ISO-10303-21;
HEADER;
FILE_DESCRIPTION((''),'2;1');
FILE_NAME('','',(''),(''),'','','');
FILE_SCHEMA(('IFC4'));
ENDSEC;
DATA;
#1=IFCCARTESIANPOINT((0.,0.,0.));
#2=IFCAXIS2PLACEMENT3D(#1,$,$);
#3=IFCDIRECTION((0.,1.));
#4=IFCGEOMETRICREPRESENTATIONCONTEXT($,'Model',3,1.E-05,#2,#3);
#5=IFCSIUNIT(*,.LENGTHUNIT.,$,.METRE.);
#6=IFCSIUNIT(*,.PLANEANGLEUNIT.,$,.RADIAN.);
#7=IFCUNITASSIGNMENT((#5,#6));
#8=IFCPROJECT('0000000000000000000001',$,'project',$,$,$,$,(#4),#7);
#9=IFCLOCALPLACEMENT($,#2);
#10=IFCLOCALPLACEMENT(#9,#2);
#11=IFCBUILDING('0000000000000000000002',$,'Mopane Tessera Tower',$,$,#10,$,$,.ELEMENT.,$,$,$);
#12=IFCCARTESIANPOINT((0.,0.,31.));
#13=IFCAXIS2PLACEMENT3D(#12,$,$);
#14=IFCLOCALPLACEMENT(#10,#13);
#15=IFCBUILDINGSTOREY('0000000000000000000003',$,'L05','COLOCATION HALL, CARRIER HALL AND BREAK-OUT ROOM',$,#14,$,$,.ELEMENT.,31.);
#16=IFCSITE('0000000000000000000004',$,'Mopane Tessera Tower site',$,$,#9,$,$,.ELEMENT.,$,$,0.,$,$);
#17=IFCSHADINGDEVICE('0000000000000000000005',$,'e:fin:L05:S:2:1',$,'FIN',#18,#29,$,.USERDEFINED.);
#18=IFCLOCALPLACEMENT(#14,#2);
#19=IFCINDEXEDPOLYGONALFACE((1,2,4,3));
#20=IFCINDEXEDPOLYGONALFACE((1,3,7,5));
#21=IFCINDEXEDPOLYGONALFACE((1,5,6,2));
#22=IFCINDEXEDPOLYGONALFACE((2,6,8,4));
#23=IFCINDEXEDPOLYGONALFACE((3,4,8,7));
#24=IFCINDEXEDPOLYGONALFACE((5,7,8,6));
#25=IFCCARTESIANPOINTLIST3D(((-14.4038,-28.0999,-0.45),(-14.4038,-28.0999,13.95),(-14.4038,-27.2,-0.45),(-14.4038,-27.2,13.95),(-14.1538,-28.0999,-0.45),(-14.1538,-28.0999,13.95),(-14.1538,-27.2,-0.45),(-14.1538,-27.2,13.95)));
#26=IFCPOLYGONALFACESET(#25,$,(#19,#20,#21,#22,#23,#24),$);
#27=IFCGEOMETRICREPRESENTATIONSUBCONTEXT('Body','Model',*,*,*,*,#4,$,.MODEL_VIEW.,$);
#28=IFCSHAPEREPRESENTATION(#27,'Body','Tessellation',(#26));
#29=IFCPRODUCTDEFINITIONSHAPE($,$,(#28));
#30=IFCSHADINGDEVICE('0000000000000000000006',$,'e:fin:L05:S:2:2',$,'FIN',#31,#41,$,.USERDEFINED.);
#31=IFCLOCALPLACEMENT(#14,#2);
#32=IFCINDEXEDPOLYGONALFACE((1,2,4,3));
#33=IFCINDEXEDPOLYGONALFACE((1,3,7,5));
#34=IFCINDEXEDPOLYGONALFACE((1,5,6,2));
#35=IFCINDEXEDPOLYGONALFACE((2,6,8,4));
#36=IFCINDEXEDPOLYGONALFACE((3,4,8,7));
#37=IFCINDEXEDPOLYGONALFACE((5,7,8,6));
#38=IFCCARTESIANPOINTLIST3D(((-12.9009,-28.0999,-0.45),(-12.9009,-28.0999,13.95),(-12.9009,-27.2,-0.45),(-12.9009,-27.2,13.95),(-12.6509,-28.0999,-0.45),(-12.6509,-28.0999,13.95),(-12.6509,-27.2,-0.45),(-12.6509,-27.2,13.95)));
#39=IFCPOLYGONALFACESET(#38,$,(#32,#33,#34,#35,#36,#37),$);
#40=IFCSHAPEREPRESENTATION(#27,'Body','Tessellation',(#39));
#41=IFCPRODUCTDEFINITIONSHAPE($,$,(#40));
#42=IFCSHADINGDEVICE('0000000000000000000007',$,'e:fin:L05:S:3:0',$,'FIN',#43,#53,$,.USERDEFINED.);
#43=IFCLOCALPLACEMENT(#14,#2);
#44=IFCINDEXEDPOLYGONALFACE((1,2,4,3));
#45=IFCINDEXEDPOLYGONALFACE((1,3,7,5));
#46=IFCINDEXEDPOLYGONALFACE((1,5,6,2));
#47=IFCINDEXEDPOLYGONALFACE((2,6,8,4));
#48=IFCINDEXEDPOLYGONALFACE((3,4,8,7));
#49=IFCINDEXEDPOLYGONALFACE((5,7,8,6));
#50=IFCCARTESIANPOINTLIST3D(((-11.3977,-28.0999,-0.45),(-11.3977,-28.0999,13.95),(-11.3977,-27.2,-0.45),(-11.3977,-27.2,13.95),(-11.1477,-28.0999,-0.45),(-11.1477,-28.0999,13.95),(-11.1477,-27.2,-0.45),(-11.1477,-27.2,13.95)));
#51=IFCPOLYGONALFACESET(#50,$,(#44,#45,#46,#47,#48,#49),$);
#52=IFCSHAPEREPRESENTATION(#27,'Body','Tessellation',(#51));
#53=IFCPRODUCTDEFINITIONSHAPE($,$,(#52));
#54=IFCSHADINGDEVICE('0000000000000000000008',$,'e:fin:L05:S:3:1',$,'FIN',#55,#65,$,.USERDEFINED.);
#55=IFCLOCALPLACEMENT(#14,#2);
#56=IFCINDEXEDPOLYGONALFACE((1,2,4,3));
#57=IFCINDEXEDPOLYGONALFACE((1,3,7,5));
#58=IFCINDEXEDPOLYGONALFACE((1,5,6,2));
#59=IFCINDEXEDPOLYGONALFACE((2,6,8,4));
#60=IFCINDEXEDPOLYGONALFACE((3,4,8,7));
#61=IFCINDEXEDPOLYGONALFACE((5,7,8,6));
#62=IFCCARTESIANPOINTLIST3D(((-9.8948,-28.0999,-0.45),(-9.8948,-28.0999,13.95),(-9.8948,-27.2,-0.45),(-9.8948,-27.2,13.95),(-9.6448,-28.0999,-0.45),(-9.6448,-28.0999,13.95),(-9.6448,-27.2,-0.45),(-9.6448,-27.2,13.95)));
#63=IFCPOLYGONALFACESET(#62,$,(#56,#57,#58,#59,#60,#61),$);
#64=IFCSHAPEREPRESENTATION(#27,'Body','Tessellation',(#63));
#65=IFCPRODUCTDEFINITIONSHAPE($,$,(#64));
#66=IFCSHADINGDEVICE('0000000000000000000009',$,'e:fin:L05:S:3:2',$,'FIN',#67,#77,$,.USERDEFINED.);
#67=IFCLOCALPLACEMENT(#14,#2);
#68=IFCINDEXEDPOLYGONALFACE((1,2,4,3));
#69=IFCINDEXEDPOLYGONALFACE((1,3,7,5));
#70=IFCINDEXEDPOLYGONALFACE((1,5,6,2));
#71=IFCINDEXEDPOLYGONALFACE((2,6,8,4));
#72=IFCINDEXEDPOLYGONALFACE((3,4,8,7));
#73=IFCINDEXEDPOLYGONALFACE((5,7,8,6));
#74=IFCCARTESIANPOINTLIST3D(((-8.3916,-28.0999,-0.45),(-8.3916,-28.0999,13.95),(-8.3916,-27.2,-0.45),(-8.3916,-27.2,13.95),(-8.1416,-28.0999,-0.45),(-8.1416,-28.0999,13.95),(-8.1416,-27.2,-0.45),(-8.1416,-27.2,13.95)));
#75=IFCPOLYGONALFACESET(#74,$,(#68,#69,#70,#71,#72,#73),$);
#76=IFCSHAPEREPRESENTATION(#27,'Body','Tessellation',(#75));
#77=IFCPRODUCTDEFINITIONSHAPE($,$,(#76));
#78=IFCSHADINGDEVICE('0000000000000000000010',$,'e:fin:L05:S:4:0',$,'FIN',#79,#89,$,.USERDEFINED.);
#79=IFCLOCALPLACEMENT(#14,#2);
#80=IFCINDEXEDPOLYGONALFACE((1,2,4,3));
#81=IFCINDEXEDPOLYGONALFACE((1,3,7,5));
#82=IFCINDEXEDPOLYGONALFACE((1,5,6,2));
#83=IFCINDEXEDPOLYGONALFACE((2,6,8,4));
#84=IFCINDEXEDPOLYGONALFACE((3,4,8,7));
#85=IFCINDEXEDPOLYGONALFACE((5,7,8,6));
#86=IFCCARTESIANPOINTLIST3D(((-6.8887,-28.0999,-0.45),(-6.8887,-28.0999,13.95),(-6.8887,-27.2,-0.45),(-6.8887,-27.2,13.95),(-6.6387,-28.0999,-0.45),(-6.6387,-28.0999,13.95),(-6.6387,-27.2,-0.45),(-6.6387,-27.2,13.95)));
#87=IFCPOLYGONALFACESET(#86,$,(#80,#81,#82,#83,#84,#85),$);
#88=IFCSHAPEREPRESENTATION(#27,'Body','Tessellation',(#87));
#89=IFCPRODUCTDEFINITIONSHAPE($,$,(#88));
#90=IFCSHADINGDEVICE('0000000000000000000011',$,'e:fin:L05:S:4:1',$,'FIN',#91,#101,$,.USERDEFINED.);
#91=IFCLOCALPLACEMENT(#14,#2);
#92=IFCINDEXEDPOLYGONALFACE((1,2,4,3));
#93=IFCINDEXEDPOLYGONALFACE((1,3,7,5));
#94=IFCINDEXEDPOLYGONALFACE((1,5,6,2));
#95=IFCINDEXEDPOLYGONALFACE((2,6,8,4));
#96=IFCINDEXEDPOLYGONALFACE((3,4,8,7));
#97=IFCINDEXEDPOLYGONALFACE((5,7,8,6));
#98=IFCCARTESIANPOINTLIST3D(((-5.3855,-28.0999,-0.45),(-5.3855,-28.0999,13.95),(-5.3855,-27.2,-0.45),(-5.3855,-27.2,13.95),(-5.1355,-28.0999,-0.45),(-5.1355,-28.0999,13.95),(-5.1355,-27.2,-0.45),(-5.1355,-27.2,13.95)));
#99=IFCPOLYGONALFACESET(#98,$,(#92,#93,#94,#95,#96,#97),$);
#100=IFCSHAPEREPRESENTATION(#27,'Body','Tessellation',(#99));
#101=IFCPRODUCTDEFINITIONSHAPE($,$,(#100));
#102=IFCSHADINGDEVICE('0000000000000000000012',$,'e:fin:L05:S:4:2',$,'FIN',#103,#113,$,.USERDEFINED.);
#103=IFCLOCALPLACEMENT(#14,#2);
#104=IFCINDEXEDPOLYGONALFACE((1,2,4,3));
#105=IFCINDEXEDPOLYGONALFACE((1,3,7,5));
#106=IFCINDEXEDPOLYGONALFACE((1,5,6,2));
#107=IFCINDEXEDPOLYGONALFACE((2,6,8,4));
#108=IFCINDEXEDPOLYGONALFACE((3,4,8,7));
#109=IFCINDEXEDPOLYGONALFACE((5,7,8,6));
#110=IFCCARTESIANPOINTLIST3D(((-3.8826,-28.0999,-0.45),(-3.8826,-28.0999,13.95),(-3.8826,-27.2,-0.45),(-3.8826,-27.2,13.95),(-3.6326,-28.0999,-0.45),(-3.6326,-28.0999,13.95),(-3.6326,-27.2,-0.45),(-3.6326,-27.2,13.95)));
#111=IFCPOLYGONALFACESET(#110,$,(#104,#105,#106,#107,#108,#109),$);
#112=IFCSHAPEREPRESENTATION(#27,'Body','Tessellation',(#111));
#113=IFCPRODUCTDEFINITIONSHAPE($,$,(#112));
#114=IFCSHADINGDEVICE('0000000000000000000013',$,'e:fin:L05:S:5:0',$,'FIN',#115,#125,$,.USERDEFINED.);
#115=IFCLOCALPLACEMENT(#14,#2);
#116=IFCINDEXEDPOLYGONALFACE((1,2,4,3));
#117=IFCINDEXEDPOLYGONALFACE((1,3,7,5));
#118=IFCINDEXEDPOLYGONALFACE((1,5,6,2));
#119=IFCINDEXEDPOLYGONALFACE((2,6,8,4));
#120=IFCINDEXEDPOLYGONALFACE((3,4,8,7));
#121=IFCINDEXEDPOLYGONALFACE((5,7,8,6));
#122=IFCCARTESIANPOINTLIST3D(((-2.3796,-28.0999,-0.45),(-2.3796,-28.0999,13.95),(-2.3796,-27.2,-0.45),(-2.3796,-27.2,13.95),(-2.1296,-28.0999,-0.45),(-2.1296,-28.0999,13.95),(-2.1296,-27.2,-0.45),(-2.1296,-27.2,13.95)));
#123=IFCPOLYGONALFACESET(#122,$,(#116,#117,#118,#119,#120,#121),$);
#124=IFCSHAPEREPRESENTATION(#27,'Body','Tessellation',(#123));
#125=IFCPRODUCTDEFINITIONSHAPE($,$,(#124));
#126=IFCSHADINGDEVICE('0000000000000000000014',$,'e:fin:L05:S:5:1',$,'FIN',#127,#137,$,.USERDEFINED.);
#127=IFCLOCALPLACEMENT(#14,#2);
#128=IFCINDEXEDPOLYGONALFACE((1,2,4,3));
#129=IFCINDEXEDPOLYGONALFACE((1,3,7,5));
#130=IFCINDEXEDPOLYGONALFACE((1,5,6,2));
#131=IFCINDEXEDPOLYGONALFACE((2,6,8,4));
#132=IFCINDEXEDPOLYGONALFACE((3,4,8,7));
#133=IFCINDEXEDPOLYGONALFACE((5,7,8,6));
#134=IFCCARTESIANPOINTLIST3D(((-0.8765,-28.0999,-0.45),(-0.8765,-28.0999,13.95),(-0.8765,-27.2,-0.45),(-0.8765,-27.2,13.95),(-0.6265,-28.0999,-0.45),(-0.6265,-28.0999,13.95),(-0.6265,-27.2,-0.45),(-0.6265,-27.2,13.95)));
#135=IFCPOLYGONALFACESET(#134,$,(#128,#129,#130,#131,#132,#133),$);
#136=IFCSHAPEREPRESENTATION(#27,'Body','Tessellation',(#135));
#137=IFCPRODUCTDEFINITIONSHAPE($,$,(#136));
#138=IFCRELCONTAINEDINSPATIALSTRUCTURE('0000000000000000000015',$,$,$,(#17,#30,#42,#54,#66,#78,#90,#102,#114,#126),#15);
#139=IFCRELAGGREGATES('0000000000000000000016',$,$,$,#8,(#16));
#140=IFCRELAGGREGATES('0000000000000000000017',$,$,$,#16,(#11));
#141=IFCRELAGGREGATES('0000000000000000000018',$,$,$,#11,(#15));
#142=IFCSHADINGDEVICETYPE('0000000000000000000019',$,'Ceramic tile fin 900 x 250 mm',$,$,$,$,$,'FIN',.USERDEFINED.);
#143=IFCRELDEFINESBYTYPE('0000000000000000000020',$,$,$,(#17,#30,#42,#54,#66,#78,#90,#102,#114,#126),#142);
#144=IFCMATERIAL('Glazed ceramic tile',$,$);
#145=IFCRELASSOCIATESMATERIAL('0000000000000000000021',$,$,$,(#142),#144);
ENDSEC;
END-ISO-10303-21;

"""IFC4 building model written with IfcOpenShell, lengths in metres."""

from ifc_helpers import new_model, si_unit, direction, frame, origin, origin_2d, place, context, subcontext, project, spatial, rectangle, extrude, material, type_object, element, save


model = new_model("IFC4")

# Units and contexts
model_context = context("Model", 3, precision=1e-05, world=origin(), true_north=direction((0.0, 1.0)))
body_context = subcontext(model_context, "Body", "Model", "MODEL_VIEW")
ifc_project = project(units=[si_unit("LENGTHUNIT", "METRE"), si_unit("PLANEANGLEUNIT", "RADIAN")], contexts=[model_context])

# Site, building, storey
site_placement = place(None, origin())
site = spatial("IfcSite", under=ifc_project, at=site_placement, Name="Mopane Tessera Tower site", CompositionType="ELEMENT", RefElevation=0.0)
building_placement = place(site_placement, origin())
building = spatial("IfcBuilding", under=site, at=building_placement, Name="Mopane Tessera Tower", CompositionType="ELEMENT")
storey_placement = place(building_placement, frame((0.0, 0.0, 31.0)))
storey = spatial("IfcBuildingStorey", under=building, at=storey_placement, Name="L05", Description="COLOCATION HALL, CARRIER HALL AND BREAK-OUT ROOM", CompositionType="ELEMENT", Elevation=31.0)

# Shading devices
ifc_material_1 = material(Name="Glazed ceramic tile")
shading_device_type = type_object("IfcShadingDeviceType", Name="Ceramic tile fin 900 x 250 mm", ElementType="FIN", PredefinedType="USERDEFINED", material=ifc_material_1)
for number, where, z_axis, x_axis, name in (
    (1, (-14.2788, -27.6499, -0.45), (0.0, 0.0, 1.0), (1.0, 0.0, 0.0), "e:fin:L05:S:2:1"),
    (2, (-12.7759, -27.6499, -0.45), (0.0, 0.0, 1.0), (1.0, 0.0, 0.0), "e:fin:L05:S:2:2"),
    (3, (-11.2727, -27.6499, -0.45), (0.0, 0.0, 1.0), (1.0, 0.0, 0.0), "e:fin:L05:S:3:0"),
    (4, (-9.7698, -27.6499, -0.45), (0.0, 0.0, 1.0), (1.0, 0.0, 0.0), "e:fin:L05:S:3:1"),
    (5, (-8.2666, -27.6499, -0.45), (0.0, 0.0, 1.0), (1.0, 0.0, 0.0), "e:fin:L05:S:3:2"),
    (6, (-6.7637, -27.6499, -0.45), (0.0, 0.0, 1.0), (1.0, 0.0, 0.0), "e:fin:L05:S:4:0"),
    (7, (-5.2605, -27.6499, -0.45), (0.0, 0.0, 1.0), (1.0, 0.0, 0.0), "e:fin:L05:S:4:1"),
    (8, (-3.7576, -27.6499, -0.45), (0.0, 0.0, 1.0), (1.0, 0.0, 0.0), "e:fin:L05:S:4:2"),
    (9, (-2.2546, -27.6499, -0.45), (0.0, 0.0, 1.0), (1.0, 0.0, 0.0), "e:fin:L05:S:5:0"),
    (10, (-0.7515, -27.6499, -0.45), (0.0, 0.0, 1.0), (1.0, 0.0, 0.0), "e:fin:L05:S:5:1"),
):
    element("IfcShadingDevice", number, at=place(storey_placement, frame(where, z_axis=z_axis, x_axis=x_axis)), inside=storey, type_object=shading_device_type, Name=name, ObjectType="FIN", PredefinedType="USERDEFINED", context=body_context, shape_type="SweptSolid", body=[
        extrude(rectangle(XDim=0.25, YDim=0.8999, at=origin_2d()), origin(), (0.0, 0.0, 1.0), 14.3999),
    ])

save(model, "model.ifc")
